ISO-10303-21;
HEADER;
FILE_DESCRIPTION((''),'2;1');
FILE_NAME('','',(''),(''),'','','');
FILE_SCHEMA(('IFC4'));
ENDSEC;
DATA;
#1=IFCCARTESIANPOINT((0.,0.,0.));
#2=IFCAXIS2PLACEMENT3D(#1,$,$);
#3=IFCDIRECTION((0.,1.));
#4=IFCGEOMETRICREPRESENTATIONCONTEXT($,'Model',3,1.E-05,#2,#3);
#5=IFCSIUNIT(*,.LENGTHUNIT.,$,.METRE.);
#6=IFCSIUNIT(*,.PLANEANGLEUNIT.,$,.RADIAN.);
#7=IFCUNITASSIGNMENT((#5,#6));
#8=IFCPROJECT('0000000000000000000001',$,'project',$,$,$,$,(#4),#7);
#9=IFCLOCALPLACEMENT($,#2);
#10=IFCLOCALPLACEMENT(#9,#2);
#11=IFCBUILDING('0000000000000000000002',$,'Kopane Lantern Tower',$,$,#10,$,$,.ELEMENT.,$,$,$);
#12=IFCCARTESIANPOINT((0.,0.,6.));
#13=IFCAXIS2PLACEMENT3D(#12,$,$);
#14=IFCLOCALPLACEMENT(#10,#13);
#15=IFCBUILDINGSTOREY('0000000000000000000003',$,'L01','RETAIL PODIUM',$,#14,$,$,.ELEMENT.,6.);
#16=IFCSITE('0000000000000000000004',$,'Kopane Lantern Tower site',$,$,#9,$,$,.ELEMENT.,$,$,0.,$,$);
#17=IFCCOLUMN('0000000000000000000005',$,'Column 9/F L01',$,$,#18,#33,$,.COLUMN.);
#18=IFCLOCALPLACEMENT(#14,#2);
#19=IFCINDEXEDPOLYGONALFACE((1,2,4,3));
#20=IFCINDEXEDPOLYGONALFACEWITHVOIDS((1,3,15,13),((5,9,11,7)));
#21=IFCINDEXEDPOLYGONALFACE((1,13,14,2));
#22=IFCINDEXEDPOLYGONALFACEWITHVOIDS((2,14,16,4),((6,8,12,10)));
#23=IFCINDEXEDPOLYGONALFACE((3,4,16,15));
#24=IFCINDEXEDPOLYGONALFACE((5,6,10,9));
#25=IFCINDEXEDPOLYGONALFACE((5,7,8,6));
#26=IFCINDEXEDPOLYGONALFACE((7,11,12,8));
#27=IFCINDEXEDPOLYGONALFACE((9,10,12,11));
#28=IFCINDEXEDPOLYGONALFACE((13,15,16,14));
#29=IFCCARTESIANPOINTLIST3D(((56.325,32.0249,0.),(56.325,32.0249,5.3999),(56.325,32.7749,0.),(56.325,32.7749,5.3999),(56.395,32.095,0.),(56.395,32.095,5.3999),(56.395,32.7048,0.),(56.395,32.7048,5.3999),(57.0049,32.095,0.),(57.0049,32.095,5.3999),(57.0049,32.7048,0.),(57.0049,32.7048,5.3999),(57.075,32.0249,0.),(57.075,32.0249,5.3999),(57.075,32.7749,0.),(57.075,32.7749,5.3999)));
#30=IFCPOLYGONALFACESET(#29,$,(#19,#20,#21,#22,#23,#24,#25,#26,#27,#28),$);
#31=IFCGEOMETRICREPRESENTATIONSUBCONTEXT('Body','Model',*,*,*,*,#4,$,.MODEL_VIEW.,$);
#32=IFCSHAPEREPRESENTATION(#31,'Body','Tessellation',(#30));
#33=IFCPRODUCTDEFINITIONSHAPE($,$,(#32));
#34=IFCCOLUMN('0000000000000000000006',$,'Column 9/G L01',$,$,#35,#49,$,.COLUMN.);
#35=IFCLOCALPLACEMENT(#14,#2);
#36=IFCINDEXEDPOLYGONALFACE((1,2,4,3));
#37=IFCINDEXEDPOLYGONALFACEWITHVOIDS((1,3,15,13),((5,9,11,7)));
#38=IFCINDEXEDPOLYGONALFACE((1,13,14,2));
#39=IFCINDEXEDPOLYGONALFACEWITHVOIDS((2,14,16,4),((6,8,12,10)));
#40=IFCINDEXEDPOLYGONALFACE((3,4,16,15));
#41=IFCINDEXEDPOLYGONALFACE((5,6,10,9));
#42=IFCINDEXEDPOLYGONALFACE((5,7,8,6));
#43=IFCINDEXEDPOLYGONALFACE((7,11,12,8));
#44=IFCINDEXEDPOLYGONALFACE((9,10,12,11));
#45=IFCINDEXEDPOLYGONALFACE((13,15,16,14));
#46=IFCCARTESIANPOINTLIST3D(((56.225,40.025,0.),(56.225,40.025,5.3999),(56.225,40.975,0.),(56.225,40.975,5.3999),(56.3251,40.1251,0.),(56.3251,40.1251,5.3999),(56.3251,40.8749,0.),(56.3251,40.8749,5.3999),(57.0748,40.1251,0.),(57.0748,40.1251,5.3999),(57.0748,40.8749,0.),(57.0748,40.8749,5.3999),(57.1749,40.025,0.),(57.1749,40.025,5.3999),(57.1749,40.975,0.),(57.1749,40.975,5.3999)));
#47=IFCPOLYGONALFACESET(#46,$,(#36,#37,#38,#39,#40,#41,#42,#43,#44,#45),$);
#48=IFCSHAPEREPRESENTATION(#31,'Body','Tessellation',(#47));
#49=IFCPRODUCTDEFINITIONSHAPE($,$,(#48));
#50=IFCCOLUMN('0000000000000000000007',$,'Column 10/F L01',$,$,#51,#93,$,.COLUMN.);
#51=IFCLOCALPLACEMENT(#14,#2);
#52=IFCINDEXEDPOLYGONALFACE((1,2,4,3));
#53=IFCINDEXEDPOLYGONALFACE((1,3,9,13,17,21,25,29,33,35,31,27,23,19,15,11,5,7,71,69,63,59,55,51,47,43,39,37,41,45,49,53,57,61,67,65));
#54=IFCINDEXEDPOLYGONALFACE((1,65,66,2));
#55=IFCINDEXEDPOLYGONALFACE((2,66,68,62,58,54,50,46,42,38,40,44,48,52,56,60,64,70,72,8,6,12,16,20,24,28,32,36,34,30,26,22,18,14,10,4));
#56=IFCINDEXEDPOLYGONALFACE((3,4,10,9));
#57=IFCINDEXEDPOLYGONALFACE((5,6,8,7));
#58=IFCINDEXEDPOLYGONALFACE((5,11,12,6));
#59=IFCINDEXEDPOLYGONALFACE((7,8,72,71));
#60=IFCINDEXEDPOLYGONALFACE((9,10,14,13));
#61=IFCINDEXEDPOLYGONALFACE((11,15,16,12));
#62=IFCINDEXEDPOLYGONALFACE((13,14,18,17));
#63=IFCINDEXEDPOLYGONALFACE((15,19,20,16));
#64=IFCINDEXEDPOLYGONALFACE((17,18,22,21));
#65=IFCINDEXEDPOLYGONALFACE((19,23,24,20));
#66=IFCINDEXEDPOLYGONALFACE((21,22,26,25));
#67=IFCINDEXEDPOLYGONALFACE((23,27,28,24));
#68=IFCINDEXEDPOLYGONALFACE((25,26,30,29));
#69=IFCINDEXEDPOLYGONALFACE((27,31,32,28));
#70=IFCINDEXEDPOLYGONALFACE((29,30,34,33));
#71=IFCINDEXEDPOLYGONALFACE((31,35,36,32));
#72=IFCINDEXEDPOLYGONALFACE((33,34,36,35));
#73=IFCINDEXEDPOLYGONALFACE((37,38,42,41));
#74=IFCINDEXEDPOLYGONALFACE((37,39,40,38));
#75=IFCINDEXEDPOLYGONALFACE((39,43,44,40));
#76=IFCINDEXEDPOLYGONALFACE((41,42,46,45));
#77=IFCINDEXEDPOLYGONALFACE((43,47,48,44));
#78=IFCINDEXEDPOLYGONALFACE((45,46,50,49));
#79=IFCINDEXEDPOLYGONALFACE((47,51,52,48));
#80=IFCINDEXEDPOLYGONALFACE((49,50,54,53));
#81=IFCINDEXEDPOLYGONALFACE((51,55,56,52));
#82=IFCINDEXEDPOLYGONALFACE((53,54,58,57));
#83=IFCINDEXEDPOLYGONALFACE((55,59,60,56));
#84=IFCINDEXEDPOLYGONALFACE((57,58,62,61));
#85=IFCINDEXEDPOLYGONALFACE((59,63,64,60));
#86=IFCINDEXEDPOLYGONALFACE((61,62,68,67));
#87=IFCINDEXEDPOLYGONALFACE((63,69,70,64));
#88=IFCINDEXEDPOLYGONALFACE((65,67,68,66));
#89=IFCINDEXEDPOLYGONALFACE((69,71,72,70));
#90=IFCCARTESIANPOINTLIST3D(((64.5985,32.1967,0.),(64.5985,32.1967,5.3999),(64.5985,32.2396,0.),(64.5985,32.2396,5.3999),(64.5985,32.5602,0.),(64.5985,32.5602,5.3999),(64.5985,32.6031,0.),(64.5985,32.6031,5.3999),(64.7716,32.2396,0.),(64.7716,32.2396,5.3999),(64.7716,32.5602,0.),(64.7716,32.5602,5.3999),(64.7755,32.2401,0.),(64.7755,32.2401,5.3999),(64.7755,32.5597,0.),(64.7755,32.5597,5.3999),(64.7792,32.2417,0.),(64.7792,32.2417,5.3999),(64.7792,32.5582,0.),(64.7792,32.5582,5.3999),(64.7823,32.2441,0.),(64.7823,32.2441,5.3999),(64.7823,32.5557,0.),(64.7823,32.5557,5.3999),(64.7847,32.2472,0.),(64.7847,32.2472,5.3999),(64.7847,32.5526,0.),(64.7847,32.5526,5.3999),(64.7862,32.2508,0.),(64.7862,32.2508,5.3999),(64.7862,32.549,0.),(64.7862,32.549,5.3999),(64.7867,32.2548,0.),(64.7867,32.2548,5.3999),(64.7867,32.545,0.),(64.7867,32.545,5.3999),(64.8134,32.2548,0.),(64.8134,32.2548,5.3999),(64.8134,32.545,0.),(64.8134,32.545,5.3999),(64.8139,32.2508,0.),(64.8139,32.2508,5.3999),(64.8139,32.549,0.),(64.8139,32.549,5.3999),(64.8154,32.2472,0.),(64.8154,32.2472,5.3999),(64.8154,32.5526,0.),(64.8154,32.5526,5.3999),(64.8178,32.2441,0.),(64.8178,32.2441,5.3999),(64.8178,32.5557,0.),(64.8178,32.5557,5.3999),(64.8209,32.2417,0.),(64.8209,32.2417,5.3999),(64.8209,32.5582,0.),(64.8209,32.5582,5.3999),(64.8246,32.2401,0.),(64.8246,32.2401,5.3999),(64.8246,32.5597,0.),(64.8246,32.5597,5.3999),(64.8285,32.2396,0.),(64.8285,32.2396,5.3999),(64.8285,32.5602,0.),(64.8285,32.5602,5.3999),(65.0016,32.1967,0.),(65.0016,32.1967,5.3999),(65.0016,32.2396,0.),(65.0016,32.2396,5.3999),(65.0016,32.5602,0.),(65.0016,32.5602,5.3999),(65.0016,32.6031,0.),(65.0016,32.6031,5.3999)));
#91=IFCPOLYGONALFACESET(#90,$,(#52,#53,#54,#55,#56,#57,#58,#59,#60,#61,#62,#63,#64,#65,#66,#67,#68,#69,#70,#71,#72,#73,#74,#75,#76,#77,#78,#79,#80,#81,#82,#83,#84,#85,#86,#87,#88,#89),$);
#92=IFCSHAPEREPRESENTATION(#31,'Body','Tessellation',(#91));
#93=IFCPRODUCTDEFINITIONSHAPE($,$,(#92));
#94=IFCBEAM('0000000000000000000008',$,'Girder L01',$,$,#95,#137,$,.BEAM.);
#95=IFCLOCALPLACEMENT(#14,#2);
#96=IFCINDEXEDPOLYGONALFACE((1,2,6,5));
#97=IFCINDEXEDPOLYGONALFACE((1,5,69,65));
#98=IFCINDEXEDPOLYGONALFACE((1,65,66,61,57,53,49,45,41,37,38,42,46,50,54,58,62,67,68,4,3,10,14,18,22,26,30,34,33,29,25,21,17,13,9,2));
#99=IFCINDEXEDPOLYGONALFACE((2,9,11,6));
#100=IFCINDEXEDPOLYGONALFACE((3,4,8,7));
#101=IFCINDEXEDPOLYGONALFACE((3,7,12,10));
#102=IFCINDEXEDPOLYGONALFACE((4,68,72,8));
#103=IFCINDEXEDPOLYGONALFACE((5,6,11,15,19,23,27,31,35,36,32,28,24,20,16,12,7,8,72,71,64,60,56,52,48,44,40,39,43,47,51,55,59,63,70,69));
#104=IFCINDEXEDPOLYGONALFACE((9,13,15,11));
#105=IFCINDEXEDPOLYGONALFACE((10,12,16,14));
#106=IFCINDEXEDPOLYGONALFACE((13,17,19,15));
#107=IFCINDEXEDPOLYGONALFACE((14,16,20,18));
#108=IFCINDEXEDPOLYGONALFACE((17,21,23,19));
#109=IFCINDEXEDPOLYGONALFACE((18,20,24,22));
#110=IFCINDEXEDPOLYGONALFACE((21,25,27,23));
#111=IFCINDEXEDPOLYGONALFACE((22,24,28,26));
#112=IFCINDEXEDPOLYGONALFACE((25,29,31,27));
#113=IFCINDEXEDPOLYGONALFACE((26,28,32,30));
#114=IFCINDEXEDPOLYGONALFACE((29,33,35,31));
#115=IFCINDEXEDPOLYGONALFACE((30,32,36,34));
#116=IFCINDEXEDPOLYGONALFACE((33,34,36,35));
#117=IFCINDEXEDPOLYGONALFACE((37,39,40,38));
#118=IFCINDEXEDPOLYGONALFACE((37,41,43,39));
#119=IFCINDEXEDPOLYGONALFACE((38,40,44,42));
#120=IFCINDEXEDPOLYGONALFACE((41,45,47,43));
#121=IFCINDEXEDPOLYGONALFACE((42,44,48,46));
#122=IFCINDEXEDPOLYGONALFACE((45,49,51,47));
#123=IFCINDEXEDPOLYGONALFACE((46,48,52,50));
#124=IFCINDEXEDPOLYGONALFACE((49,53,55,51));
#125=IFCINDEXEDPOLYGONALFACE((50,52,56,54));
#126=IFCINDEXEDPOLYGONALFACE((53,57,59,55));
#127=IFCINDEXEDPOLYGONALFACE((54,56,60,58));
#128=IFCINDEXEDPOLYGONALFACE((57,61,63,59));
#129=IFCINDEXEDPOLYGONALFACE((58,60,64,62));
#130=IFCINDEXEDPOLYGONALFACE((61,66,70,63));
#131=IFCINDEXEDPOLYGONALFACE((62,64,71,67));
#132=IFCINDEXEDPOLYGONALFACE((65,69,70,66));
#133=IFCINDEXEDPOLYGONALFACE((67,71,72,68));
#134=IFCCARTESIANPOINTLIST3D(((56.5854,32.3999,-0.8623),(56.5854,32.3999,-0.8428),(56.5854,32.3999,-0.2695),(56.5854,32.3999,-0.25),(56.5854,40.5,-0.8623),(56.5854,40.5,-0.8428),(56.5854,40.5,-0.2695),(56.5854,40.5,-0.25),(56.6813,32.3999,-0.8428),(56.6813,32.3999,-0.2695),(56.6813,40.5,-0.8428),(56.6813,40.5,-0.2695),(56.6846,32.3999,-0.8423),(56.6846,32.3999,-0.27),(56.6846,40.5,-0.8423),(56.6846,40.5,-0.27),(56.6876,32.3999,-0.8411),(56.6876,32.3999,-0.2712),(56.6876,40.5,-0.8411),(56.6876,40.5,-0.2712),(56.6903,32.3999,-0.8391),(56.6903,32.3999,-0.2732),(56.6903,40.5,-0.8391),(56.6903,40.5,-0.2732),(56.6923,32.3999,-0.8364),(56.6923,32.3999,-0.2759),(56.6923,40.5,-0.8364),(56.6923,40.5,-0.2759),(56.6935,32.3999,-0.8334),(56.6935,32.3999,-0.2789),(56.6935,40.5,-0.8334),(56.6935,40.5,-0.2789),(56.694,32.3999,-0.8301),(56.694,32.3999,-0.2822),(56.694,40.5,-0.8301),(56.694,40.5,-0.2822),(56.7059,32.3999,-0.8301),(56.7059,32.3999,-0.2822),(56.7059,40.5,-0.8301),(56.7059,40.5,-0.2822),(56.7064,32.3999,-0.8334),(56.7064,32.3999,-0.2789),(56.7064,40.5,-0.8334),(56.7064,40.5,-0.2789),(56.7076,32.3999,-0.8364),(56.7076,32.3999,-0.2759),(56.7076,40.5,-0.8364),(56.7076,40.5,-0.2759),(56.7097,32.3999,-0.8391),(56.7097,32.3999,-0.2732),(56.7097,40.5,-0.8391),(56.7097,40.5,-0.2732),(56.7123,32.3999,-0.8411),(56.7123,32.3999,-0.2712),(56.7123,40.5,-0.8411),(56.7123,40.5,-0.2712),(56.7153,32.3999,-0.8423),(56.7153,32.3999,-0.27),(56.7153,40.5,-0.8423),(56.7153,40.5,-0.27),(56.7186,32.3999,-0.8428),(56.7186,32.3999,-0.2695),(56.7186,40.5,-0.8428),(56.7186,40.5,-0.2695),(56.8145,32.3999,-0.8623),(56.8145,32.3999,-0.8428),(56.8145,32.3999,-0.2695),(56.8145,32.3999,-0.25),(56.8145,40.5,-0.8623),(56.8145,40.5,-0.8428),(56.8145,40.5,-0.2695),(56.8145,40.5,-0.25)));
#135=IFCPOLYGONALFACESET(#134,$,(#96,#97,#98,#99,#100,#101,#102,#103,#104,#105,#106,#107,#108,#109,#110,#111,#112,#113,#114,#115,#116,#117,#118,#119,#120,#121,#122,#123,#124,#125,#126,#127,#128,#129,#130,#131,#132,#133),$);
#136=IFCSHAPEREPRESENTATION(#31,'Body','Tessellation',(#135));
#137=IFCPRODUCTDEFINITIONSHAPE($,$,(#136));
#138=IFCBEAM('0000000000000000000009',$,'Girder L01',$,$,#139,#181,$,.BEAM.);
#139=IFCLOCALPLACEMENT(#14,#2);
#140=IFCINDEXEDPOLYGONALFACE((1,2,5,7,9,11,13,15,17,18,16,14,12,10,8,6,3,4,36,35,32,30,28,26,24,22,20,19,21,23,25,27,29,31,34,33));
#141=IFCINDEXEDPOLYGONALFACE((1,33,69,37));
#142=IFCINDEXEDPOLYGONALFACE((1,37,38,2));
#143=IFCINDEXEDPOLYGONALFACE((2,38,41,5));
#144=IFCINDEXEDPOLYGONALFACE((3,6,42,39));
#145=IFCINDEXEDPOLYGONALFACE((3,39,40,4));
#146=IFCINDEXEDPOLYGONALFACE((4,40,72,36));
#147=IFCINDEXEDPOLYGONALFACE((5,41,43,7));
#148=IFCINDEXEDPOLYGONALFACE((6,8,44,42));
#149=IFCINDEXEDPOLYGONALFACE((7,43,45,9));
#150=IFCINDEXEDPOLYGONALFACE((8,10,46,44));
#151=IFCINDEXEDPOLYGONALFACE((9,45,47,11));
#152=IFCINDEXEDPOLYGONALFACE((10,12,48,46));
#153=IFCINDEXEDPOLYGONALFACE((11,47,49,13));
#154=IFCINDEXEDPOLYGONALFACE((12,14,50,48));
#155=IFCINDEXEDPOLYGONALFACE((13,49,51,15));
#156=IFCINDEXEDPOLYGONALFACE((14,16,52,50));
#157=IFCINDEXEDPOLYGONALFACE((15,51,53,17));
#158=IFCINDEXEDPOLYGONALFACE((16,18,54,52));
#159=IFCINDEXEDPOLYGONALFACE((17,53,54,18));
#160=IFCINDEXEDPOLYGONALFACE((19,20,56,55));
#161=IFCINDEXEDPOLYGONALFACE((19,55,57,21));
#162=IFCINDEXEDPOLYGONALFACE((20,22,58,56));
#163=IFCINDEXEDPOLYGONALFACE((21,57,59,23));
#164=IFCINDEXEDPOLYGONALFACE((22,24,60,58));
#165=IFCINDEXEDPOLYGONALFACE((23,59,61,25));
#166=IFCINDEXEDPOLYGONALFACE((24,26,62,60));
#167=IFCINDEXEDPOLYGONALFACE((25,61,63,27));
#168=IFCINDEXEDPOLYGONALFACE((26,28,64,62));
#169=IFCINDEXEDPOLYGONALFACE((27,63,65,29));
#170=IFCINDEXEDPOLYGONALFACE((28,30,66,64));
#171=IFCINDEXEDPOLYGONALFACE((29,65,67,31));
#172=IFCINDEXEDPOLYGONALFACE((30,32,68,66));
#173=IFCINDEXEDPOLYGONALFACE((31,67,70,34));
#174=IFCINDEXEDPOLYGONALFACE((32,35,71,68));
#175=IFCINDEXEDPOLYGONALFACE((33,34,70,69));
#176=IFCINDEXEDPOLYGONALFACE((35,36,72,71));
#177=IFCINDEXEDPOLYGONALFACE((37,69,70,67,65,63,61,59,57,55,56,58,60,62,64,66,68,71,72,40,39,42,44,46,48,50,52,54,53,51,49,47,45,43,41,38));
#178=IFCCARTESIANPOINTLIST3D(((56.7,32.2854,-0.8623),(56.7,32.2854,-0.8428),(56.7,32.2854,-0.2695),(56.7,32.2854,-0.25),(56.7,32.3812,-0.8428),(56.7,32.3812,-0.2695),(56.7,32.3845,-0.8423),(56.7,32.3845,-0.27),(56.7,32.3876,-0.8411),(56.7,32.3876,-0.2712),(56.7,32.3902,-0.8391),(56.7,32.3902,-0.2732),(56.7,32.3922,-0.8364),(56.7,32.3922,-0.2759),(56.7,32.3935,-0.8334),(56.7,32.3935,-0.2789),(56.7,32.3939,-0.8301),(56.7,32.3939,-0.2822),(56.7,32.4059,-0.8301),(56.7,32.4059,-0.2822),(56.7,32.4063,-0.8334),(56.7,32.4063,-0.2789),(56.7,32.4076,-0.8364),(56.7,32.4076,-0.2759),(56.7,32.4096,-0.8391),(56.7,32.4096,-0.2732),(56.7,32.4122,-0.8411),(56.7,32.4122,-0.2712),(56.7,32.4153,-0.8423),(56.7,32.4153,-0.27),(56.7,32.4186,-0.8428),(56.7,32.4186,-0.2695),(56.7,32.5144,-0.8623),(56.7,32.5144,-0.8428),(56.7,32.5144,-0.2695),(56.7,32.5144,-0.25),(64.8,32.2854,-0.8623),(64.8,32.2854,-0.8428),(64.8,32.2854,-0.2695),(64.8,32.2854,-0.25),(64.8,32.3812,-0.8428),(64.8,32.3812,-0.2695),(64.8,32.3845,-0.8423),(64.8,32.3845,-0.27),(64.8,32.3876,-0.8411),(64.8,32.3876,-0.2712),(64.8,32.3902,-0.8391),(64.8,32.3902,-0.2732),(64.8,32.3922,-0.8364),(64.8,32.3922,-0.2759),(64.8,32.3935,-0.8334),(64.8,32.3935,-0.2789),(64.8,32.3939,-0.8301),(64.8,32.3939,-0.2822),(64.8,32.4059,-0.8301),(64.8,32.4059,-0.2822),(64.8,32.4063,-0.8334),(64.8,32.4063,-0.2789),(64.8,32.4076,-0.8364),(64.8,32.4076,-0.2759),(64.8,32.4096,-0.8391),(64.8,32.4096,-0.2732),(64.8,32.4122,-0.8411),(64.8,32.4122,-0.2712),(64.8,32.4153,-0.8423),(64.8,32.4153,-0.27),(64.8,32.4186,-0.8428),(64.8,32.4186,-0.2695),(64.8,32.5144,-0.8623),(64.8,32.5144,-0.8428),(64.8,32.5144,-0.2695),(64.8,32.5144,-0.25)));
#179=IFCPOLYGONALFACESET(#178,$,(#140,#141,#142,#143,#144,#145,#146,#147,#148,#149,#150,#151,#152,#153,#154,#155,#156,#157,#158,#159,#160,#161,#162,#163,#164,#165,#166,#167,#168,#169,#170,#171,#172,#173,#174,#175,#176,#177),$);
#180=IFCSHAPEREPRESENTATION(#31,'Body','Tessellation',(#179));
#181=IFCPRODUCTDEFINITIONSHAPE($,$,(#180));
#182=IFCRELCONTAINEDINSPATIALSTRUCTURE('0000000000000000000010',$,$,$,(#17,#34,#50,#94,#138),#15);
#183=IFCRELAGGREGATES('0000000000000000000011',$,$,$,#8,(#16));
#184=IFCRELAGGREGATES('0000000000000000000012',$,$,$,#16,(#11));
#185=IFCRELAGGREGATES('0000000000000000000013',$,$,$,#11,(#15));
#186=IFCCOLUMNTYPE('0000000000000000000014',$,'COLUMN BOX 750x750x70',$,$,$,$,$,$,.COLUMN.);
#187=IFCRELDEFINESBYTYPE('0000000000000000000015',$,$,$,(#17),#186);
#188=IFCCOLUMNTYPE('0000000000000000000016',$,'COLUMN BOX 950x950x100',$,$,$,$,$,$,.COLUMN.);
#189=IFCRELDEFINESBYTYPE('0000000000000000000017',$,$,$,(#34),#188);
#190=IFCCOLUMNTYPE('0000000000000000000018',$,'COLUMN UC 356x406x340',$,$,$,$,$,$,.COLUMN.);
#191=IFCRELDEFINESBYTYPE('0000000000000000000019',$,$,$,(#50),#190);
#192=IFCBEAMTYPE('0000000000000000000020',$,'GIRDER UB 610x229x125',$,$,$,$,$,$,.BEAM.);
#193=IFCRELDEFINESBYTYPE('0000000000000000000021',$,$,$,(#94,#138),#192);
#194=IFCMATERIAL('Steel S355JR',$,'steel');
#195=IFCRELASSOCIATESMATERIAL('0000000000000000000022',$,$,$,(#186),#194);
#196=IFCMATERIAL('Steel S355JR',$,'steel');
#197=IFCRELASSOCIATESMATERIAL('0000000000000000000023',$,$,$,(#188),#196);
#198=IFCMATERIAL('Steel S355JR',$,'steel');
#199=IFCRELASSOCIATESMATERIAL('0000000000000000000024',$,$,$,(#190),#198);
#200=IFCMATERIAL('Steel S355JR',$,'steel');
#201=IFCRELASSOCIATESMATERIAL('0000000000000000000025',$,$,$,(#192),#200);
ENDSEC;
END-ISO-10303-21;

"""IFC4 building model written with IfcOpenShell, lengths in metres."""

from ifc_helpers import new_model, si_unit, direction, frame, origin, origin_2d, place, context, subcontext, project, spatial, hollow_rectangle, i_section, extrude, material, material_profile, profile_set, type_object, element, save


model = new_model("IFC4")

# Units and contexts
model_context = context("Model", 3, precision=1e-05, world=origin(), true_north=direction((0.0, 1.0)))
body_context = subcontext(model_context, "Body", "Model", "MODEL_VIEW")
ifc_project = project(units=[si_unit("LENGTHUNIT", "METRE"), si_unit("PLANEANGLEUNIT", "RADIAN")], contexts=[model_context])

# Site, building, storey
site_placement = place(None, origin())
site = spatial("IfcSite", under=ifc_project, at=site_placement, Name="Kopane Lantern Tower site", CompositionType="ELEMENT", RefElevation=0.0)
building_placement = place(site_placement, origin())
building = spatial("IfcBuilding", under=site, at=building_placement, Name="Kopane Lantern Tower", CompositionType="ELEMENT")
storey_placement = place(building_placement, frame((0.0, 0.0, 6.0)))
storey = spatial("IfcBuildingStorey", under=building, at=storey_placement, Name="L01", Description="RETAIL PODIUM", CompositionType="ELEMENT", Elevation=6.0)

# Columns
ifc_material_1 = material(Name="Steel S355JR", Category="steel")
ifc_material_profile_1 = material_profile(ifc_material_1, hollow_rectangle(XDim=0.75, YDim=0.75, WallThickness=0.0701, at=origin_2d()), Name="BOX 750x750x70")
ifc_profile_set_1 = profile_set([ifc_material_profile_1], Name="Steel S355JR")
column_type_1 = type_object("IfcColumnType", Name="COLUMN BOX 750x750x70", PredefinedType="COLUMN", material=ifc_profile_set_1)
column_1_placement = place(storey_placement, frame((56.7, 32.3999, 0.0), z_axis=(0.0, 0.0, 1.0), x_axis=(1.0, 0.0, 0.0)))
element("IfcColumn", 1, at=column_1_placement, inside=storey, type_object=column_type_1, Name="Column 9/F L01", PredefinedType="COLUMN", context=body_context, shape_type="SweptSolid", body=[
    extrude(hollow_rectangle(XDim=0.75, YDim=0.75, WallThickness=0.0701, at=origin_2d()), origin(), (0.0, 0.0, 1.0), 5.3999),
])
ifc_material_2 = material(Name="Steel S355JR", Category="steel")
ifc_material_profile_2 = material_profile(ifc_material_2, hollow_rectangle(XDim=0.95, YDim=0.95, WallThickness=0.1001, at=origin_2d()), Name="BOX 950x950x100")
ifc_profile_set_2 = profile_set([ifc_material_profile_2], Name="Steel S355JR")
column_type_2 = type_object("IfcColumnType", Name="COLUMN BOX 950x950x100", PredefinedType="COLUMN", material=ifc_profile_set_2)
column_2_placement = place(storey_placement, frame((56.7, 40.5, 0.0), z_axis=(0.0, 0.0, 1.0), x_axis=(1.0, 0.0, 0.0)))
element("IfcColumn", 2, at=column_2_placement, inside=storey, type_object=column_type_2, Name="Column 9/G L01", PredefinedType="COLUMN", context=body_context, shape_type="SweptSolid", body=[
    extrude(hollow_rectangle(XDim=0.95, YDim=0.95, WallThickness=0.1001, at=origin_2d()), origin(), (0.0, 0.0, 1.0), 5.3999),
])
ifc_material_3 = material(Name="Steel S355JR", Category="steel")
ifc_material_profile_3 = material_profile(ifc_material_3, i_section(OverallWidth=0.4031, OverallDepth=0.4065, WebThickness=0.0266, FlangeThickness=0.043, FilletRadius=0.0151, at=origin_2d()), Name="UC 356x406x340")
ifc_profile_set_3 = profile_set([ifc_material_profile_3], Name="Steel S355JR")
column_type_3 = type_object("IfcColumnType", Name="COLUMN UC 356x406x340", PredefinedType="COLUMN", material=ifc_profile_set_3)
column_3_placement = place(storey_placement, frame((64.8, 32.3999, 0.0), z_axis=(0.0, 0.0, 1.0), x_axis=(1.0, 0.0, 0.0)))
element("IfcColumn", 3, at=column_3_placement, inside=storey, type_object=column_type_3, Name="Column 10/F L01", PredefinedType="COLUMN", context=body_context, shape_type="SweptSolid", body=[
    extrude(i_section(OverallWidth=0.4031, OverallDepth=0.4065, WebThickness=0.0266, FlangeThickness=0.043, FilletRadius=0.0151, at=origin_2d()), origin(), (0.0, 0.0, 1.0), 5.3999),
])

# Beams
ifc_material_4 = material(Name="Steel S355JR", Category="steel")
ifc_material_profile_4 = material_profile(ifc_material_4, i_section(OverallWidth=0.229, OverallDepth=0.6123, WebThickness=0.012, FlangeThickness=0.0195, FilletRadius=0.0127, at=origin_2d()), Name="UB 610x229x125")
ifc_profile_set_4 = profile_set([ifc_material_profile_4], Name="Steel S355JR")
beam_type = type_object("IfcBeamType", Name="GIRDER UB 610x229x125", PredefinedType="BEAM", material=ifc_profile_set_4)
for number, where, z_axis, x_axis, name in (
    (4, (56.7, 32.3999, -0.5562), (0.0, 1.0, 0.0), (-1.0, 0.0, 0.0), "Girder L01"),
    (5, (56.7, 32.3999, -0.5562), (1.0, 0.0, 0.0), (0.0, 1.0, 0.0), "Girder L01"),
):
    element("IfcBeam", number, at=place(storey_placement, frame(where, z_axis=z_axis, x_axis=x_axis)), inside=storey, type_object=beam_type, Name=name, PredefinedType="BEAM", context=body_context, shape_type="SweptSolid", body=[
        extrude(i_section(OverallWidth=0.229, OverallDepth=0.6123, WebThickness=0.012, FlangeThickness=0.0195, FilletRadius=0.0127, at=origin_2d()), origin(), (0.0, 0.0, 1.0), 8.1001),
    ])

save(model, "model.ifc")
